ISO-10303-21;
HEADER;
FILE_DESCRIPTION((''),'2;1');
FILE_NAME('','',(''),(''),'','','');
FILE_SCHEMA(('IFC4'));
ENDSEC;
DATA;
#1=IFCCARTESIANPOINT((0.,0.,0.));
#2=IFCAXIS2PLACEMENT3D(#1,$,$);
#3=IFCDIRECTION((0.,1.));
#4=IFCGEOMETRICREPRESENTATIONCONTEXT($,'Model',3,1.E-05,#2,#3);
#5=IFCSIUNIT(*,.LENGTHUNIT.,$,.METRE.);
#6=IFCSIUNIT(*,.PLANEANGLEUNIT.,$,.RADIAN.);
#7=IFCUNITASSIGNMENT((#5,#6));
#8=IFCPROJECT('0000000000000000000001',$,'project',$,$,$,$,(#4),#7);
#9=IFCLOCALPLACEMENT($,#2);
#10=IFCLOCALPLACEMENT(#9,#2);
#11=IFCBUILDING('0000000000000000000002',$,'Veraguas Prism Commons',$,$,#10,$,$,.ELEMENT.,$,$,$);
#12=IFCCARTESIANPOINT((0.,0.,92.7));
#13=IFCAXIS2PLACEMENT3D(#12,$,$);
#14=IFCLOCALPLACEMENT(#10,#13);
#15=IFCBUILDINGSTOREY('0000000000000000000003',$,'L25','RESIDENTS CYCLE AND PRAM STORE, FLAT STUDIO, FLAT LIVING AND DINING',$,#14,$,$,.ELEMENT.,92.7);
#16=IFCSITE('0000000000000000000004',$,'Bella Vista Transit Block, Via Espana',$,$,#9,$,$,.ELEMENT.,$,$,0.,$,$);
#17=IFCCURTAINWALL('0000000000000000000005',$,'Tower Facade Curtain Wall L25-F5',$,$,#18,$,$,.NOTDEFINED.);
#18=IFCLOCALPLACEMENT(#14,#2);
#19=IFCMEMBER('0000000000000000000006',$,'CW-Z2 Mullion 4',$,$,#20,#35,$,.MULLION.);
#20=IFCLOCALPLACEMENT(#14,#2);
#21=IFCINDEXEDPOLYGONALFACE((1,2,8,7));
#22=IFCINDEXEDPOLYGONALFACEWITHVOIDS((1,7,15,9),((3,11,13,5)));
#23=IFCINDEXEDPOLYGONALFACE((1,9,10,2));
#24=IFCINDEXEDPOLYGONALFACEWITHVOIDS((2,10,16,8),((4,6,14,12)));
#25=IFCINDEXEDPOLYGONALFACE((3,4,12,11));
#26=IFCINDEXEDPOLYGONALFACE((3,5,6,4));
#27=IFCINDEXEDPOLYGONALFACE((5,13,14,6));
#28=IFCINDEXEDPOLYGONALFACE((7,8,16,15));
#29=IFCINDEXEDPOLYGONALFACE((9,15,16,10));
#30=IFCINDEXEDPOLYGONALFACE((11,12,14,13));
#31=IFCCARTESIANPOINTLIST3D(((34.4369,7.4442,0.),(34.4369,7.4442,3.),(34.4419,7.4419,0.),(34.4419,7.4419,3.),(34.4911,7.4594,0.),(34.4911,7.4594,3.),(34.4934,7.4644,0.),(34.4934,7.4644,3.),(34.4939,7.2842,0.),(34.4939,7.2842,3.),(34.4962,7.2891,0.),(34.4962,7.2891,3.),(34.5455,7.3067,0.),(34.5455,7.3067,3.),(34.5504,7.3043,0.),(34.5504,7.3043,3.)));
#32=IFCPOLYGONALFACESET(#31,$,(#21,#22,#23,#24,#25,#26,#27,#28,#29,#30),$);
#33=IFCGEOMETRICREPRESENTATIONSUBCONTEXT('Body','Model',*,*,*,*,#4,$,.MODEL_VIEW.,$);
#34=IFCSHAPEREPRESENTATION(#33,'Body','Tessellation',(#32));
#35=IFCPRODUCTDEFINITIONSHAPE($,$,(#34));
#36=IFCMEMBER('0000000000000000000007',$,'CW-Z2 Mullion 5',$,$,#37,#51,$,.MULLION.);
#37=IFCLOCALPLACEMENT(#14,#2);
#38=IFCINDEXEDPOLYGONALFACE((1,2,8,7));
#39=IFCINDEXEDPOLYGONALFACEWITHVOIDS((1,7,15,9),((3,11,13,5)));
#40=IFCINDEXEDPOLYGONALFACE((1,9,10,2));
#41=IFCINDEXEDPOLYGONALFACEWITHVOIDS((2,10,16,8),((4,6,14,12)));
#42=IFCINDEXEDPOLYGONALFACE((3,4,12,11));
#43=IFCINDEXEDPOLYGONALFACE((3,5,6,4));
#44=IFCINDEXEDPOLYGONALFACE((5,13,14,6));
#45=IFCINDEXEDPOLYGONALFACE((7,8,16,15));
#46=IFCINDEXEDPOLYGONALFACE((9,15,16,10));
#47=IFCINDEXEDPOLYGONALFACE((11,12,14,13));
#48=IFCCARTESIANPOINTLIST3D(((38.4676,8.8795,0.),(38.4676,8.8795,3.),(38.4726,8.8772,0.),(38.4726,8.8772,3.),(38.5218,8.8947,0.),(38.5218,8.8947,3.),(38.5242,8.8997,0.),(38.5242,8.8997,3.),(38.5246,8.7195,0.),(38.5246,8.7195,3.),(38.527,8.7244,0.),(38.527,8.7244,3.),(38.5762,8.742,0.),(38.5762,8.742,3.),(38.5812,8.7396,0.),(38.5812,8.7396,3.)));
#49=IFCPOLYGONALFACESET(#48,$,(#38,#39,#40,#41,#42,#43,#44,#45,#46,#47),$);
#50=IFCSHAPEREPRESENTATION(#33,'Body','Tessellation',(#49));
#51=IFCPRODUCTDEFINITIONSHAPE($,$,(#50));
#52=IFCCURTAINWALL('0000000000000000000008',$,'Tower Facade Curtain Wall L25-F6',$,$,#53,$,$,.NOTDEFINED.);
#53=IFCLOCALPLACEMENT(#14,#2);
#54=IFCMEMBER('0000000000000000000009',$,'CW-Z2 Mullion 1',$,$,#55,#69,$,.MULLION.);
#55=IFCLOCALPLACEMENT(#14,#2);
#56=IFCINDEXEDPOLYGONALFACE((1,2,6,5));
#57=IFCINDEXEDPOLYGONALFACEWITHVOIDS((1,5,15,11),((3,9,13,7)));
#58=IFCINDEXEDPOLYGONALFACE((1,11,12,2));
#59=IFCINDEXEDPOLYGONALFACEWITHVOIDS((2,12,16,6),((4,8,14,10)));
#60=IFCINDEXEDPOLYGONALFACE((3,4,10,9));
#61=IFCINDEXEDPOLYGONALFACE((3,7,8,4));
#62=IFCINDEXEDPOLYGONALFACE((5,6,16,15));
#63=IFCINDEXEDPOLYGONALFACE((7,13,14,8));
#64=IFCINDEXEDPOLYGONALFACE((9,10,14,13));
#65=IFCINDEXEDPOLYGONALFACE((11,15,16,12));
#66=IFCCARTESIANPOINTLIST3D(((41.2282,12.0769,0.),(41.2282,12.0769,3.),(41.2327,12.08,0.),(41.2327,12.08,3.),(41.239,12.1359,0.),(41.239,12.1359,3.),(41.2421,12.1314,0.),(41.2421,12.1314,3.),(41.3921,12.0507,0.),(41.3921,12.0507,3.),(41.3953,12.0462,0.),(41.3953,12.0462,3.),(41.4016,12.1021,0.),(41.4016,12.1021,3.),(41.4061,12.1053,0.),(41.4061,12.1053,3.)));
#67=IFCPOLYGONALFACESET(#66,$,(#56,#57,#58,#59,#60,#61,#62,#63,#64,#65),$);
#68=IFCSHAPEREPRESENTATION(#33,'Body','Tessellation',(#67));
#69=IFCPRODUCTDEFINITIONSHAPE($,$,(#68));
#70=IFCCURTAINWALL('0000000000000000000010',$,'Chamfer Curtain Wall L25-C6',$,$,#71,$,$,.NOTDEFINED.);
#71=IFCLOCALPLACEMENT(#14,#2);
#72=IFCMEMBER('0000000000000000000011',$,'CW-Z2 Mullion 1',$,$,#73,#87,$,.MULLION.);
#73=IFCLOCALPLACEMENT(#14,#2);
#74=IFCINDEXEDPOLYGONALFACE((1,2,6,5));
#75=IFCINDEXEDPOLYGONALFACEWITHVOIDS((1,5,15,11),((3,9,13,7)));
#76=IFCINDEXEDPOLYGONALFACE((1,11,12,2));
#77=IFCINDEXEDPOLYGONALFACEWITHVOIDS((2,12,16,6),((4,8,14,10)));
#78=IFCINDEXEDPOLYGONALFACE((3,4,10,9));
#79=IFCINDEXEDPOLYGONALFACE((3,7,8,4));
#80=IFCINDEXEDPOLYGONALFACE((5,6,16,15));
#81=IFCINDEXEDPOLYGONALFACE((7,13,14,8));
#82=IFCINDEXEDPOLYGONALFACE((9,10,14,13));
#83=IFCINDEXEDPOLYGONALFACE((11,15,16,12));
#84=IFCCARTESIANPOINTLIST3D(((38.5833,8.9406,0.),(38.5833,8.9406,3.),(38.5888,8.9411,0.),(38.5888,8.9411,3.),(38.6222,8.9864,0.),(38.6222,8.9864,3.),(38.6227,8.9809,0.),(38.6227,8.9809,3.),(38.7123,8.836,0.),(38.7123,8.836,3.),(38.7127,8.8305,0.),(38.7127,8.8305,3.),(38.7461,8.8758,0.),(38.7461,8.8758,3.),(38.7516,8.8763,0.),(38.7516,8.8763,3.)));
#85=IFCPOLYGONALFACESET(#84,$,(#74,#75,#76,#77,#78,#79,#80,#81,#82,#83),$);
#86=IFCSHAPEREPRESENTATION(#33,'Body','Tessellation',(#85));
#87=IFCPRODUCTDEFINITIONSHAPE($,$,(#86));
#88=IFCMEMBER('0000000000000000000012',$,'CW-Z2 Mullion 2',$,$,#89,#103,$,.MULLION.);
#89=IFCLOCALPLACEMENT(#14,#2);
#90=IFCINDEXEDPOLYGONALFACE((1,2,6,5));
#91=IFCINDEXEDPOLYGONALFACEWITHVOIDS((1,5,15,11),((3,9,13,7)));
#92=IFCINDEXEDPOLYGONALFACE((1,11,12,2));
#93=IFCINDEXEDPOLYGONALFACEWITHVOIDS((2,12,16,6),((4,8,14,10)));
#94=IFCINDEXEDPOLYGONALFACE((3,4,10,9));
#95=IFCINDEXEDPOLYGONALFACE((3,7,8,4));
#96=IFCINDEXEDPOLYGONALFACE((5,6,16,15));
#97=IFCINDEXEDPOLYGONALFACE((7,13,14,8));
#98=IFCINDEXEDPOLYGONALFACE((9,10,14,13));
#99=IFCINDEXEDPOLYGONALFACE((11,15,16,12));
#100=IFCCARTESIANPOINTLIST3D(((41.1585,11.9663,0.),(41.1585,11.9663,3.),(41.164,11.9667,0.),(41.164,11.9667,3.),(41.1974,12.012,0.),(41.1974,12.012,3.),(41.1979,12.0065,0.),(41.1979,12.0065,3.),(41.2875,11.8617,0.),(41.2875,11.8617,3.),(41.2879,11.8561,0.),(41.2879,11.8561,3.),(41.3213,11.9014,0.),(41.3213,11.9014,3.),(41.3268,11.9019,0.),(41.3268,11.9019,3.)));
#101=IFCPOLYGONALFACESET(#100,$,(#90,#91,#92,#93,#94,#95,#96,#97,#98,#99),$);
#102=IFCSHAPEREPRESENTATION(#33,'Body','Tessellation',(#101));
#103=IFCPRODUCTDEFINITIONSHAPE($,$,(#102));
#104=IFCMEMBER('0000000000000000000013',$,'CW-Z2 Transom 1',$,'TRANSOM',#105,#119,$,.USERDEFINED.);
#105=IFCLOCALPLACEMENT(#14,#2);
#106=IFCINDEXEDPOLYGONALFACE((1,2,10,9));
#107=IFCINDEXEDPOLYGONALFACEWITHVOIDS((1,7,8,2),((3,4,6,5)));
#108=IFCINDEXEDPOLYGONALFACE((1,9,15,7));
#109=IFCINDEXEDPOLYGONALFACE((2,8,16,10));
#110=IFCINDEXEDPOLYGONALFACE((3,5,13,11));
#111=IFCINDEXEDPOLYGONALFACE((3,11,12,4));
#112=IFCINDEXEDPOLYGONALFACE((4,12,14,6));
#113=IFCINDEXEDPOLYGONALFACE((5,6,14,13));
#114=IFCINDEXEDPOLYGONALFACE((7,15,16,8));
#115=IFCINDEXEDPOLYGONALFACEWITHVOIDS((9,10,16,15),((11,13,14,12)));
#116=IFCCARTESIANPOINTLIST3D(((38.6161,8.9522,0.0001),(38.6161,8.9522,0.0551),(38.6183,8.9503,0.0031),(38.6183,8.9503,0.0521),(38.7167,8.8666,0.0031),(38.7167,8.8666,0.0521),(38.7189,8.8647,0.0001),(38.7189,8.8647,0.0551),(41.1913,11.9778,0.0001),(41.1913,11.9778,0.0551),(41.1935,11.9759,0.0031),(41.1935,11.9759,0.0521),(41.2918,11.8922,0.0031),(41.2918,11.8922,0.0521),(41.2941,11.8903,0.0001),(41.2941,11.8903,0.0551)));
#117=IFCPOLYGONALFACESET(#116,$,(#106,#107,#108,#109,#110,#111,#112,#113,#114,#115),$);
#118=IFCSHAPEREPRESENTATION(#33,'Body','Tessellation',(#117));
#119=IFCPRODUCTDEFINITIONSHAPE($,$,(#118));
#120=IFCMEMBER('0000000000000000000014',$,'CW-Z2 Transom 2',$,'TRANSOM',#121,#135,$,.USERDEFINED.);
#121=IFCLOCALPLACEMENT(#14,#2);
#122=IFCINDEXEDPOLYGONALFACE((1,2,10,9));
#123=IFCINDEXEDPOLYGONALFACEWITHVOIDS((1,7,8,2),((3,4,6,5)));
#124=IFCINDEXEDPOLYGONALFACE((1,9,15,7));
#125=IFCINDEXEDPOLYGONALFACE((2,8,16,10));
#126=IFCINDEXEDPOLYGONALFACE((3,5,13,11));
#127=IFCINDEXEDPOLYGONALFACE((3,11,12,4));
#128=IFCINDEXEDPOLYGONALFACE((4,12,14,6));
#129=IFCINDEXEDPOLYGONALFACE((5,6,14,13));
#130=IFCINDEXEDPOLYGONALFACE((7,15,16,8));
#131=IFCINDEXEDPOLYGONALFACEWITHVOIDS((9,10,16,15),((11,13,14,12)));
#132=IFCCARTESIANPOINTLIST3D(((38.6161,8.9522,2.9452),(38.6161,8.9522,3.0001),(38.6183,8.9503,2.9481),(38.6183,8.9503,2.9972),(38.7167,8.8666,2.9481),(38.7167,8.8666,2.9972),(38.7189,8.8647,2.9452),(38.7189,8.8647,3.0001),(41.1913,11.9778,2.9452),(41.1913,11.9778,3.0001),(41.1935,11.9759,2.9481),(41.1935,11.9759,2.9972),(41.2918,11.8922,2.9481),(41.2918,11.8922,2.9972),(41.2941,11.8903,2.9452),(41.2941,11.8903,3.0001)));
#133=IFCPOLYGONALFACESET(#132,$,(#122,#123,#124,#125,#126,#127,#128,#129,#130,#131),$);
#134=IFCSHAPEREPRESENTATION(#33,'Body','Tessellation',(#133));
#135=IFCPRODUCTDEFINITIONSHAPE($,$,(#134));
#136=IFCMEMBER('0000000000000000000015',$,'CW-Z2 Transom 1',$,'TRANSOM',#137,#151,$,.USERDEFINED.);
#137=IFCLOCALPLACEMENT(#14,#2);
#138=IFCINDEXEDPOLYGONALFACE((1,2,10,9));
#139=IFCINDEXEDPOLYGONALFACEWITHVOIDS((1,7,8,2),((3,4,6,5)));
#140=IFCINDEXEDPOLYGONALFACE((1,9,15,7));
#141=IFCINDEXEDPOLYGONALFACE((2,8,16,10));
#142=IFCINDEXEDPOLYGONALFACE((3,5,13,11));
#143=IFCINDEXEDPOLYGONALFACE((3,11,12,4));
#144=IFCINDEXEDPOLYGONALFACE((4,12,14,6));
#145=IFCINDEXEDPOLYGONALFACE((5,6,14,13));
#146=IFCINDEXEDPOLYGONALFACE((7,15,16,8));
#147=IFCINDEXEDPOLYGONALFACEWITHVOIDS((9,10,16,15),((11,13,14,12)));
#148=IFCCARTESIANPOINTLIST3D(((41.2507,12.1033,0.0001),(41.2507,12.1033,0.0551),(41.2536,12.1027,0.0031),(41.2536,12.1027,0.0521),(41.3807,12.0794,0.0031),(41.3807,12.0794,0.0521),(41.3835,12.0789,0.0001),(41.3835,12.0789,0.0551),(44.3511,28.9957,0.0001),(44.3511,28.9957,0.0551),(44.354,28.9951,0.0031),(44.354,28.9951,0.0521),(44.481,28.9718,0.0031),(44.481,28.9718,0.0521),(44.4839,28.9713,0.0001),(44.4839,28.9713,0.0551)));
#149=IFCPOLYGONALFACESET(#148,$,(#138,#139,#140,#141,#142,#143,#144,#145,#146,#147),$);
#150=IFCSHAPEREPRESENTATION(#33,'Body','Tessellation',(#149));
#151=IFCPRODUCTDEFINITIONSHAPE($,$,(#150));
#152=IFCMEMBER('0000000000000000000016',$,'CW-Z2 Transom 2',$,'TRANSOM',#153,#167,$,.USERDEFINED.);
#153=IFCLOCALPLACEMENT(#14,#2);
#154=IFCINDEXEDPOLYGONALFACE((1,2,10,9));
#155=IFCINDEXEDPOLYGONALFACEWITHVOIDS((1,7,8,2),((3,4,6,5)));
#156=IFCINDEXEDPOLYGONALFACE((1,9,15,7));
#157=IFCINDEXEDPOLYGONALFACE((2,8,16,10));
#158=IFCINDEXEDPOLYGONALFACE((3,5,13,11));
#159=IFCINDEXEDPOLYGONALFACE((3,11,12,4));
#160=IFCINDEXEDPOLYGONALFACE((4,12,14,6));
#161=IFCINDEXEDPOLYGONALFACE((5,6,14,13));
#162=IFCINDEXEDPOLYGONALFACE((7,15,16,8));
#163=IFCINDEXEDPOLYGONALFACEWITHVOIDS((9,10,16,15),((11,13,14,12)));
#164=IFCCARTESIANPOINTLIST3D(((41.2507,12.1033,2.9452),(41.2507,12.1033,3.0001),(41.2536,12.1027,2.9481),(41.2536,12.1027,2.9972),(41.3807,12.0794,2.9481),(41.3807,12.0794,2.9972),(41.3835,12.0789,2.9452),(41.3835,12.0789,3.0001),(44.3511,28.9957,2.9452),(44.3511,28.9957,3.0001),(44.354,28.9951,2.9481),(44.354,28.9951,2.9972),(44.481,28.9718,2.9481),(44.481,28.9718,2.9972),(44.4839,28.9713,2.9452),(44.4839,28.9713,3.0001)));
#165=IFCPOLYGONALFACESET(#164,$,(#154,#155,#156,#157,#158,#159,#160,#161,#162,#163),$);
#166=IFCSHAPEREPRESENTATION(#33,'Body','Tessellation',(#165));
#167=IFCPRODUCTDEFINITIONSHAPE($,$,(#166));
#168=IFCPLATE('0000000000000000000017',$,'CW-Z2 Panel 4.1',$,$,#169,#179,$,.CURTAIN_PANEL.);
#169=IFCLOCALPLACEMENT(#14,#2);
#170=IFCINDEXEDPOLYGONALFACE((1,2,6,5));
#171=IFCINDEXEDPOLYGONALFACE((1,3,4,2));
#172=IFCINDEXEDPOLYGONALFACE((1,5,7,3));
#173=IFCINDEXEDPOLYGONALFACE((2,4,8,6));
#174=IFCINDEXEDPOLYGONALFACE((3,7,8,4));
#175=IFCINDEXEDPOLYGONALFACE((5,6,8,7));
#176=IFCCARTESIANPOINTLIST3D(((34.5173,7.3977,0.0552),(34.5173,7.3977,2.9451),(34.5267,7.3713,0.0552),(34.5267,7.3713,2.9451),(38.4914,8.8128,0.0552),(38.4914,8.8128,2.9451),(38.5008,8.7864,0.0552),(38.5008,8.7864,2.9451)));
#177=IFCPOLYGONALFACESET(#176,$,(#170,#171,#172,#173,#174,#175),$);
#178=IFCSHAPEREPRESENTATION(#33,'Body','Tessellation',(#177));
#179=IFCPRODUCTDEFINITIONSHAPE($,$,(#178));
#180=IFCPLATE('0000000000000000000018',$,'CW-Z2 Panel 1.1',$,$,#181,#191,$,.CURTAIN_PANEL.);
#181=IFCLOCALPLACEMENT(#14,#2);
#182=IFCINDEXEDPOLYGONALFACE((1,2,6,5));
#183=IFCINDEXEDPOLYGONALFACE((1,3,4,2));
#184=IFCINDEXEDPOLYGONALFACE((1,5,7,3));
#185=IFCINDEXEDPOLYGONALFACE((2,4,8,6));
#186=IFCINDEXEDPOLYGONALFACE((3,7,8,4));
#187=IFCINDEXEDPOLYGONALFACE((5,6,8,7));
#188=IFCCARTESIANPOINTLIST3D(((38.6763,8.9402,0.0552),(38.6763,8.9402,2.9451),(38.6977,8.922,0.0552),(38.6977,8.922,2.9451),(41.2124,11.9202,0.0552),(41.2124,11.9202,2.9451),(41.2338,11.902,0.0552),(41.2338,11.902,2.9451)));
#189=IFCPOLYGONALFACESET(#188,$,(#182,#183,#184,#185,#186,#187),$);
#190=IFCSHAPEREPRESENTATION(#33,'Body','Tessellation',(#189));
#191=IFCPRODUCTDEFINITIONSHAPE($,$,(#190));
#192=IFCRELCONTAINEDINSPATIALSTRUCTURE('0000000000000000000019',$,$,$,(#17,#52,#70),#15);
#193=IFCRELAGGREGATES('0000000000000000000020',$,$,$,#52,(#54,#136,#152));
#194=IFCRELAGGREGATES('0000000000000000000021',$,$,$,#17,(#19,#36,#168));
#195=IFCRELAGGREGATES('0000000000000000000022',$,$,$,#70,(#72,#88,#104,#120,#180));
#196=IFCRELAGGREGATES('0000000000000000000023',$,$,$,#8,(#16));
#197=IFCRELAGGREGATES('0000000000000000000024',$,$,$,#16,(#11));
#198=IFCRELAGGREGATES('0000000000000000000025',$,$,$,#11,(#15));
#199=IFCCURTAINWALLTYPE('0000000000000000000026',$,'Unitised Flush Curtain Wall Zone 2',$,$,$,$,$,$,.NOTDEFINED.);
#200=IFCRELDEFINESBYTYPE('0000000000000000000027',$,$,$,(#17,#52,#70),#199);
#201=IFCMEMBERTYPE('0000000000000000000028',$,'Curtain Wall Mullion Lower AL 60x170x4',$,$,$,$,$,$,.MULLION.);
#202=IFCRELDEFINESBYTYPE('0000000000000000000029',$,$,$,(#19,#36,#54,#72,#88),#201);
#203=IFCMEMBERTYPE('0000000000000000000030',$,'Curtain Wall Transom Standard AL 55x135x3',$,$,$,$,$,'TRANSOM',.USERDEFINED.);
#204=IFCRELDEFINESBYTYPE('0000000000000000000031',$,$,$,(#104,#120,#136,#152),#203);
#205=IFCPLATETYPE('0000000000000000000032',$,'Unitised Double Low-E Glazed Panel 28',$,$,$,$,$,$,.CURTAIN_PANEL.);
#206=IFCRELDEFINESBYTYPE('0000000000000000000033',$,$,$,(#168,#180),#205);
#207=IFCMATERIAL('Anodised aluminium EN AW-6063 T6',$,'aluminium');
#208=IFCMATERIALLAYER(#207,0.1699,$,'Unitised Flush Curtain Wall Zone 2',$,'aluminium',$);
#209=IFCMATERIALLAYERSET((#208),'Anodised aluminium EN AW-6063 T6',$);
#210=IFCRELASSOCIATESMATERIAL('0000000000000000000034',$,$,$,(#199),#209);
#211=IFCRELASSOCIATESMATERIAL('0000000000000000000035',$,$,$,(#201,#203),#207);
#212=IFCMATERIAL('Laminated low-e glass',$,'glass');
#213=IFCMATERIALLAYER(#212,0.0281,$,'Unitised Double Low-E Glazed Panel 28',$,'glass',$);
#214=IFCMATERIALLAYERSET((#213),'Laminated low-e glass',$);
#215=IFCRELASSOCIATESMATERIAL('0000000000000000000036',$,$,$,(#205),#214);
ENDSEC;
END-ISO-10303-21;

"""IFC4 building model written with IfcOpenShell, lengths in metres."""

from ifc_helpers import new_model, si_unit, direction, frame, origin, origin_2d, place, context, subcontext, project, spatial, rectangle, hollow_rectangle, extrude, source, transform, mapped, material, layer, layer_set, material_profile, profile_set, type_object, element, aggregate, save


model = new_model("IFC4")

# Units and contexts
model_context = context("Model", 3, precision=1e-05, world=origin(), true_north=direction((0.0, 1.0)))
body_context = subcontext(model_context, "Body", "Model", "MODEL_VIEW")
ifc_project = project(units=[si_unit("LENGTHUNIT", "METRE"), si_unit("PLANEANGLEUNIT", "RADIAN")], contexts=[model_context])

# Site, building, storey
site_placement = place(None, origin())
site = spatial("IfcSite", under=ifc_project, at=site_placement, Name="Bella Vista Transit Block, Via Espana", CompositionType="ELEMENT", RefElevation=0.0)
building_placement = place(site_placement, origin())
building = spatial("IfcBuilding", under=site, at=building_placement, Name="Veraguas Prism Commons", CompositionType="ELEMENT")
storey_placement = place(building_placement, frame((0.0, 0.0, 92.7)))
storey = spatial("IfcBuildingStorey", under=building, at=storey_placement, Name="L25", Description="RESIDENTS CYCLE AND PRAM STORE, FLAT STUDIO, FLAT LIVING AND DINING", CompositionType="ELEMENT", Elevation=92.7)

# Curtain wall, members
ifc_material_1 = material(Name="Anodised aluminium EN AW-6063 T6", Category="aluminium")
ifc_layer_1 = layer(ifc_material_1, 0.1699, Name="Unitised Flush Curtain Wall Zone 2", Category="aluminium")
ifc_layer_set_1 = layer_set([ifc_layer_1], Name="Anodised aluminium EN AW-6063 T6")
curtain_wall_type = type_object("IfcCurtainWallType", Name="Unitised Flush Curtain Wall Zone 2", PredefinedType="NOTDEFINED", material=ifc_layer_set_1)
curtain_wall_1_placement = place(storey_placement, origin())
curtain_wall_1 = element("IfcCurtainWall", 1, at=curtain_wall_1_placement, inside=storey, type_object=curtain_wall_type, Name="Tower Facade Curtain Wall L25-F5", PredefinedType="NOTDEFINED")
ifc_material_profile_1 = material_profile(ifc_material_1, hollow_rectangle(XDim=0.0601, YDim=0.1699, WallThickness=0.0039, at=origin_2d()), Name="AL60X170X4")
ifc_profile_set_1 = profile_set([ifc_material_profile_1], Name="Anodised aluminium EN AW-6063 T6")
member_type_1 = type_object("IfcMemberType", Name="Curtain Wall Mullion Lower AL 60x170x4", PredefinedType="MULLION", material=ifc_profile_set_1)
shared_shape_1 = source(origin(), body_context, "Body", "SweptSolid", [
    extrude(hollow_rectangle(XDim=0.0601, YDim=0.1699, WallThickness=0.0039, at=origin_2d()), origin(), (0.0, 0.0, 1.0), 3.0),
])
member_1_placement = place(storey_placement, frame((34.4937, 7.3743, 0.0), z_axis=(0.0, 0.0, 1.0), x_axis=(0.942056, 0.335457, 0.0)))
member_1 = element("IfcMember", 2, at=member_1_placement, type_object=member_type_1, Name="CW-Z2 Mullion 4", PredefinedType="MULLION", context=body_context, shape_type="MappedRepresentation", body=[
    mapped(shared_shape_1, transform((0.0, 0.0, 0.0), scale=1.0)),
])
member_2_placement = place(storey_placement, frame((38.5244, 8.8096, 0.0), z_axis=(0.0, 0.0, 1.0), x_axis=(0.942056, 0.335457, 0.0)))
member_2 = element("IfcMember", 3, at=member_2_placement, type_object=member_type_1, Name="CW-Z2 Mullion 5", PredefinedType="MULLION", context=body_context, shape_type="MappedRepresentation", body=[
    mapped(shared_shape_1, transform((0.0, 0.0, 0.0), scale=1.0)),
])

# Curtain wall, member
curtain_wall_2_placement = place(storey_placement, origin())
curtain_wall_2 = element("IfcCurtainWall", 4, at=curtain_wall_2_placement, inside=storey, type_object=curtain_wall_type, Name="Tower Facade Curtain Wall L25-F6", PredefinedType="NOTDEFINED")
member_3_placement = place(storey_placement, frame((41.3171, 12.0911, 0.0), z_axis=(0.0, 0.0, 1.0), x_axis=(0.180523, 0.983571, 0.0)))
member_3 = element("IfcMember", 5, at=member_3_placement, type_object=member_type_1, Name="CW-Z2 Mullion 1", PredefinedType="MULLION", context=body_context, shape_type="MappedRepresentation", body=[
    mapped(shared_shape_1, transform((0.0, 0.0, 0.0), scale=1.0)),
])

# Curtain wall, members
curtain_wall_3_placement = place(storey_placement, origin())
curtain_wall_3 = element("IfcCurtainWall", 6, at=curtain_wall_3_placement, inside=storey, type_object=curtain_wall_type, Name="Chamfer Curtain Wall L25-C6", PredefinedType="NOTDEFINED")
member_4_placement = place(storey_placement, frame((38.6675, 8.9084, 0.0), z_axis=(0.0, 0.0, 1.0), x_axis=(0.648111, 0.761546, 0.0)))
member_4 = element("IfcMember", 7, at=member_4_placement, type_object=member_type_1, Name="CW-Z2 Mullion 1", PredefinedType="MULLION", context=body_context, shape_type="MappedRepresentation", body=[
    mapped(shared_shape_1, transform((0.0, 0.0, 0.0), scale=1.0)),
])
member_5_placement = place(storey_placement, frame((41.2427, 11.9341, 0.0), z_axis=(0.0, 0.0, 1.0), x_axis=(0.648111, 0.761546, 0.0)))
member_5 = element("IfcMember", 8, at=member_5_placement, type_object=member_type_1, Name="CW-Z2 Mullion 2", PredefinedType="MULLION", context=body_context, shape_type="MappedRepresentation", body=[
    mapped(shared_shape_1, transform((0.0, 0.0, 0.0), scale=1.0)),
])
ifc_material_profile_2 = material_profile(ifc_material_1, hollow_rectangle(XDim=0.0549, YDim=0.135, WallThickness=0.0029, at=origin_2d()), Name="AL55X135X3")
ifc_profile_set_2 = profile_set([ifc_material_profile_2], Name="Anodised aluminium EN AW-6063 T6")
member_type_2 = type_object("IfcMemberType", Name="Curtain Wall Transom Standard AL 55x135x3", ElementType="TRANSOM", PredefinedType="USERDEFINED", material=ifc_profile_set_2)
shared_shape_2 = source(origin(), body_context, "Body", "SweptSolid", [
    extrude(hollow_rectangle(XDim=0.0549, YDim=0.135, WallThickness=0.0029, at=origin_2d()), origin(), (0.0, 0.0, 1.0), 3.9731),
])
member_6_placement = place(storey_placement, frame((38.6675, 8.9084, 0.0276), z_axis=(0.648146, 0.761516, 0.0), x_axis=(0.0, 0.0, 1.0)))
member_6 = element("IfcMember", 9, at=member_6_placement, type_object=member_type_2, Name="CW-Z2 Transom 1", ObjectType="TRANSOM", PredefinedType="USERDEFINED", context=body_context, shape_type="MappedRepresentation", body=[
    mapped(shared_shape_2, transform((0.0, 0.0, 0.0), scale=1.0)),
])
member_7_placement = place(storey_placement, frame((38.6675, 8.9084, 2.9727), z_axis=(0.648146, 0.761516, 0.0), x_axis=(0.0, 0.0, 1.0)))
member_7 = element("IfcMember", 10, at=member_7_placement, type_object=member_type_2, Name="CW-Z2 Transom 2", ObjectType="TRANSOM", PredefinedType="USERDEFINED", context=body_context, shape_type="MappedRepresentation", body=[
    mapped(shared_shape_2, transform((0.0, 0.0, 0.0), scale=1.0)),
])

# Members
shared_shape_3 = source(origin(), body_context, "Body", "SweptSolid", [
    extrude(hollow_rectangle(XDim=0.0549, YDim=0.135, WallThickness=0.0029, at=origin_2d()), origin(), (0.0, 0.0, 1.0), 17.1746),
])
member_8_placement = place(storey_placement, frame((41.3171, 12.0911, 0.0276), z_axis=(0.18052, 0.983571, 0.0), x_axis=(0.0, 0.0, 1.0)))
member_8 = element("IfcMember", 11, at=member_8_placement, type_object=member_type_2, Name="CW-Z2 Transom 1", ObjectType="TRANSOM", PredefinedType="USERDEFINED", context=body_context, shape_type="MappedRepresentation", body=[
    mapped(shared_shape_3, transform((0.0, 0.0, 0.0), scale=1.0)),
])
member_9_placement = place(storey_placement, frame((41.3171, 12.0911, 2.9727), z_axis=(0.18052, 0.983571, 0.0), x_axis=(0.0, 0.0, 1.0)))
member_9 = element("IfcMember", 12, at=member_9_placement, type_object=member_type_2, Name="CW-Z2 Transom 2", ObjectType="TRANSOM", PredefinedType="USERDEFINED", context=body_context, shape_type="MappedRepresentation", body=[
    mapped(shared_shape_3, transform((0.0, 0.0, 0.0), scale=1.0)),
])
aggregate(curtain_wall_2, [member_3, member_8, member_9])

# Plates
ifc_material_2 = material(Name="Laminated low-e glass", Category="glass")
ifc_layer_2 = layer(ifc_material_2, 0.0281, Name="Unitised Double Low-E Glazed Panel 28", Category="glass")
ifc_layer_set_2 = layer_set([ifc_layer_2], Name="Laminated low-e glass")
plate_type = type_object("IfcPlateType", Name="Unitised Double Low-E Glazed Panel 28", PredefinedType="CURTAIN_PANEL", material=ifc_layer_set_2)
shared_shape_4 = source(origin(), body_context, "Body", "SweptSolid", [
    extrude(rectangle(XDim=4.2185, YDim=0.0281, at=origin_2d()), origin(), (0.0, 0.0, 1.0), 2.8899),
])
plate_1_placement = place(storey_placement, frame((36.509, 8.092, 0.0552), z_axis=(0.0, 0.0, 1.0), x_axis=(0.942056, 0.335457, 0.0)))
plate_1 = element("IfcPlate", 13, at=plate_1_placement, type_object=plate_type, Name="CW-Z2 Panel 4.1", PredefinedType="CURTAIN_PANEL", context=body_context, shape_type="MappedRepresentation", body=[
    mapped(shared_shape_4, transform((0.0, 0.0, 0.0), scale=1.0)),
])
aggregate(curtain_wall_1, [member_1, member_2, plate_1])
shared_shape_5 = source(origin(), body_context, "Body", "SweptSolid", [
    extrude(rectangle(XDim=3.9131, YDim=0.0281, at=origin_2d()), origin(), (0.0, 0.0, 1.0), 2.8899),
])
plate_2_placement = place(storey_placement, frame((39.9551, 10.4211, 0.0552), z_axis=(0.0, 0.0, 1.0), x_axis=(0.648111, 0.761546, 0.0)))
plate_2 = element("IfcPlate", 14, at=plate_2_placement, type_object=plate_type, Name="CW-Z2 Panel 1.1", PredefinedType="CURTAIN_PANEL", context=body_context, shape_type="MappedRepresentation", body=[
    mapped(shared_shape_5, transform((0.0, 0.0, 0.0), scale=1.0)),
])
aggregate(curtain_wall_3, [member_4, member_5, member_6, member_7, plate_2])

save(model, "model.ifc")
